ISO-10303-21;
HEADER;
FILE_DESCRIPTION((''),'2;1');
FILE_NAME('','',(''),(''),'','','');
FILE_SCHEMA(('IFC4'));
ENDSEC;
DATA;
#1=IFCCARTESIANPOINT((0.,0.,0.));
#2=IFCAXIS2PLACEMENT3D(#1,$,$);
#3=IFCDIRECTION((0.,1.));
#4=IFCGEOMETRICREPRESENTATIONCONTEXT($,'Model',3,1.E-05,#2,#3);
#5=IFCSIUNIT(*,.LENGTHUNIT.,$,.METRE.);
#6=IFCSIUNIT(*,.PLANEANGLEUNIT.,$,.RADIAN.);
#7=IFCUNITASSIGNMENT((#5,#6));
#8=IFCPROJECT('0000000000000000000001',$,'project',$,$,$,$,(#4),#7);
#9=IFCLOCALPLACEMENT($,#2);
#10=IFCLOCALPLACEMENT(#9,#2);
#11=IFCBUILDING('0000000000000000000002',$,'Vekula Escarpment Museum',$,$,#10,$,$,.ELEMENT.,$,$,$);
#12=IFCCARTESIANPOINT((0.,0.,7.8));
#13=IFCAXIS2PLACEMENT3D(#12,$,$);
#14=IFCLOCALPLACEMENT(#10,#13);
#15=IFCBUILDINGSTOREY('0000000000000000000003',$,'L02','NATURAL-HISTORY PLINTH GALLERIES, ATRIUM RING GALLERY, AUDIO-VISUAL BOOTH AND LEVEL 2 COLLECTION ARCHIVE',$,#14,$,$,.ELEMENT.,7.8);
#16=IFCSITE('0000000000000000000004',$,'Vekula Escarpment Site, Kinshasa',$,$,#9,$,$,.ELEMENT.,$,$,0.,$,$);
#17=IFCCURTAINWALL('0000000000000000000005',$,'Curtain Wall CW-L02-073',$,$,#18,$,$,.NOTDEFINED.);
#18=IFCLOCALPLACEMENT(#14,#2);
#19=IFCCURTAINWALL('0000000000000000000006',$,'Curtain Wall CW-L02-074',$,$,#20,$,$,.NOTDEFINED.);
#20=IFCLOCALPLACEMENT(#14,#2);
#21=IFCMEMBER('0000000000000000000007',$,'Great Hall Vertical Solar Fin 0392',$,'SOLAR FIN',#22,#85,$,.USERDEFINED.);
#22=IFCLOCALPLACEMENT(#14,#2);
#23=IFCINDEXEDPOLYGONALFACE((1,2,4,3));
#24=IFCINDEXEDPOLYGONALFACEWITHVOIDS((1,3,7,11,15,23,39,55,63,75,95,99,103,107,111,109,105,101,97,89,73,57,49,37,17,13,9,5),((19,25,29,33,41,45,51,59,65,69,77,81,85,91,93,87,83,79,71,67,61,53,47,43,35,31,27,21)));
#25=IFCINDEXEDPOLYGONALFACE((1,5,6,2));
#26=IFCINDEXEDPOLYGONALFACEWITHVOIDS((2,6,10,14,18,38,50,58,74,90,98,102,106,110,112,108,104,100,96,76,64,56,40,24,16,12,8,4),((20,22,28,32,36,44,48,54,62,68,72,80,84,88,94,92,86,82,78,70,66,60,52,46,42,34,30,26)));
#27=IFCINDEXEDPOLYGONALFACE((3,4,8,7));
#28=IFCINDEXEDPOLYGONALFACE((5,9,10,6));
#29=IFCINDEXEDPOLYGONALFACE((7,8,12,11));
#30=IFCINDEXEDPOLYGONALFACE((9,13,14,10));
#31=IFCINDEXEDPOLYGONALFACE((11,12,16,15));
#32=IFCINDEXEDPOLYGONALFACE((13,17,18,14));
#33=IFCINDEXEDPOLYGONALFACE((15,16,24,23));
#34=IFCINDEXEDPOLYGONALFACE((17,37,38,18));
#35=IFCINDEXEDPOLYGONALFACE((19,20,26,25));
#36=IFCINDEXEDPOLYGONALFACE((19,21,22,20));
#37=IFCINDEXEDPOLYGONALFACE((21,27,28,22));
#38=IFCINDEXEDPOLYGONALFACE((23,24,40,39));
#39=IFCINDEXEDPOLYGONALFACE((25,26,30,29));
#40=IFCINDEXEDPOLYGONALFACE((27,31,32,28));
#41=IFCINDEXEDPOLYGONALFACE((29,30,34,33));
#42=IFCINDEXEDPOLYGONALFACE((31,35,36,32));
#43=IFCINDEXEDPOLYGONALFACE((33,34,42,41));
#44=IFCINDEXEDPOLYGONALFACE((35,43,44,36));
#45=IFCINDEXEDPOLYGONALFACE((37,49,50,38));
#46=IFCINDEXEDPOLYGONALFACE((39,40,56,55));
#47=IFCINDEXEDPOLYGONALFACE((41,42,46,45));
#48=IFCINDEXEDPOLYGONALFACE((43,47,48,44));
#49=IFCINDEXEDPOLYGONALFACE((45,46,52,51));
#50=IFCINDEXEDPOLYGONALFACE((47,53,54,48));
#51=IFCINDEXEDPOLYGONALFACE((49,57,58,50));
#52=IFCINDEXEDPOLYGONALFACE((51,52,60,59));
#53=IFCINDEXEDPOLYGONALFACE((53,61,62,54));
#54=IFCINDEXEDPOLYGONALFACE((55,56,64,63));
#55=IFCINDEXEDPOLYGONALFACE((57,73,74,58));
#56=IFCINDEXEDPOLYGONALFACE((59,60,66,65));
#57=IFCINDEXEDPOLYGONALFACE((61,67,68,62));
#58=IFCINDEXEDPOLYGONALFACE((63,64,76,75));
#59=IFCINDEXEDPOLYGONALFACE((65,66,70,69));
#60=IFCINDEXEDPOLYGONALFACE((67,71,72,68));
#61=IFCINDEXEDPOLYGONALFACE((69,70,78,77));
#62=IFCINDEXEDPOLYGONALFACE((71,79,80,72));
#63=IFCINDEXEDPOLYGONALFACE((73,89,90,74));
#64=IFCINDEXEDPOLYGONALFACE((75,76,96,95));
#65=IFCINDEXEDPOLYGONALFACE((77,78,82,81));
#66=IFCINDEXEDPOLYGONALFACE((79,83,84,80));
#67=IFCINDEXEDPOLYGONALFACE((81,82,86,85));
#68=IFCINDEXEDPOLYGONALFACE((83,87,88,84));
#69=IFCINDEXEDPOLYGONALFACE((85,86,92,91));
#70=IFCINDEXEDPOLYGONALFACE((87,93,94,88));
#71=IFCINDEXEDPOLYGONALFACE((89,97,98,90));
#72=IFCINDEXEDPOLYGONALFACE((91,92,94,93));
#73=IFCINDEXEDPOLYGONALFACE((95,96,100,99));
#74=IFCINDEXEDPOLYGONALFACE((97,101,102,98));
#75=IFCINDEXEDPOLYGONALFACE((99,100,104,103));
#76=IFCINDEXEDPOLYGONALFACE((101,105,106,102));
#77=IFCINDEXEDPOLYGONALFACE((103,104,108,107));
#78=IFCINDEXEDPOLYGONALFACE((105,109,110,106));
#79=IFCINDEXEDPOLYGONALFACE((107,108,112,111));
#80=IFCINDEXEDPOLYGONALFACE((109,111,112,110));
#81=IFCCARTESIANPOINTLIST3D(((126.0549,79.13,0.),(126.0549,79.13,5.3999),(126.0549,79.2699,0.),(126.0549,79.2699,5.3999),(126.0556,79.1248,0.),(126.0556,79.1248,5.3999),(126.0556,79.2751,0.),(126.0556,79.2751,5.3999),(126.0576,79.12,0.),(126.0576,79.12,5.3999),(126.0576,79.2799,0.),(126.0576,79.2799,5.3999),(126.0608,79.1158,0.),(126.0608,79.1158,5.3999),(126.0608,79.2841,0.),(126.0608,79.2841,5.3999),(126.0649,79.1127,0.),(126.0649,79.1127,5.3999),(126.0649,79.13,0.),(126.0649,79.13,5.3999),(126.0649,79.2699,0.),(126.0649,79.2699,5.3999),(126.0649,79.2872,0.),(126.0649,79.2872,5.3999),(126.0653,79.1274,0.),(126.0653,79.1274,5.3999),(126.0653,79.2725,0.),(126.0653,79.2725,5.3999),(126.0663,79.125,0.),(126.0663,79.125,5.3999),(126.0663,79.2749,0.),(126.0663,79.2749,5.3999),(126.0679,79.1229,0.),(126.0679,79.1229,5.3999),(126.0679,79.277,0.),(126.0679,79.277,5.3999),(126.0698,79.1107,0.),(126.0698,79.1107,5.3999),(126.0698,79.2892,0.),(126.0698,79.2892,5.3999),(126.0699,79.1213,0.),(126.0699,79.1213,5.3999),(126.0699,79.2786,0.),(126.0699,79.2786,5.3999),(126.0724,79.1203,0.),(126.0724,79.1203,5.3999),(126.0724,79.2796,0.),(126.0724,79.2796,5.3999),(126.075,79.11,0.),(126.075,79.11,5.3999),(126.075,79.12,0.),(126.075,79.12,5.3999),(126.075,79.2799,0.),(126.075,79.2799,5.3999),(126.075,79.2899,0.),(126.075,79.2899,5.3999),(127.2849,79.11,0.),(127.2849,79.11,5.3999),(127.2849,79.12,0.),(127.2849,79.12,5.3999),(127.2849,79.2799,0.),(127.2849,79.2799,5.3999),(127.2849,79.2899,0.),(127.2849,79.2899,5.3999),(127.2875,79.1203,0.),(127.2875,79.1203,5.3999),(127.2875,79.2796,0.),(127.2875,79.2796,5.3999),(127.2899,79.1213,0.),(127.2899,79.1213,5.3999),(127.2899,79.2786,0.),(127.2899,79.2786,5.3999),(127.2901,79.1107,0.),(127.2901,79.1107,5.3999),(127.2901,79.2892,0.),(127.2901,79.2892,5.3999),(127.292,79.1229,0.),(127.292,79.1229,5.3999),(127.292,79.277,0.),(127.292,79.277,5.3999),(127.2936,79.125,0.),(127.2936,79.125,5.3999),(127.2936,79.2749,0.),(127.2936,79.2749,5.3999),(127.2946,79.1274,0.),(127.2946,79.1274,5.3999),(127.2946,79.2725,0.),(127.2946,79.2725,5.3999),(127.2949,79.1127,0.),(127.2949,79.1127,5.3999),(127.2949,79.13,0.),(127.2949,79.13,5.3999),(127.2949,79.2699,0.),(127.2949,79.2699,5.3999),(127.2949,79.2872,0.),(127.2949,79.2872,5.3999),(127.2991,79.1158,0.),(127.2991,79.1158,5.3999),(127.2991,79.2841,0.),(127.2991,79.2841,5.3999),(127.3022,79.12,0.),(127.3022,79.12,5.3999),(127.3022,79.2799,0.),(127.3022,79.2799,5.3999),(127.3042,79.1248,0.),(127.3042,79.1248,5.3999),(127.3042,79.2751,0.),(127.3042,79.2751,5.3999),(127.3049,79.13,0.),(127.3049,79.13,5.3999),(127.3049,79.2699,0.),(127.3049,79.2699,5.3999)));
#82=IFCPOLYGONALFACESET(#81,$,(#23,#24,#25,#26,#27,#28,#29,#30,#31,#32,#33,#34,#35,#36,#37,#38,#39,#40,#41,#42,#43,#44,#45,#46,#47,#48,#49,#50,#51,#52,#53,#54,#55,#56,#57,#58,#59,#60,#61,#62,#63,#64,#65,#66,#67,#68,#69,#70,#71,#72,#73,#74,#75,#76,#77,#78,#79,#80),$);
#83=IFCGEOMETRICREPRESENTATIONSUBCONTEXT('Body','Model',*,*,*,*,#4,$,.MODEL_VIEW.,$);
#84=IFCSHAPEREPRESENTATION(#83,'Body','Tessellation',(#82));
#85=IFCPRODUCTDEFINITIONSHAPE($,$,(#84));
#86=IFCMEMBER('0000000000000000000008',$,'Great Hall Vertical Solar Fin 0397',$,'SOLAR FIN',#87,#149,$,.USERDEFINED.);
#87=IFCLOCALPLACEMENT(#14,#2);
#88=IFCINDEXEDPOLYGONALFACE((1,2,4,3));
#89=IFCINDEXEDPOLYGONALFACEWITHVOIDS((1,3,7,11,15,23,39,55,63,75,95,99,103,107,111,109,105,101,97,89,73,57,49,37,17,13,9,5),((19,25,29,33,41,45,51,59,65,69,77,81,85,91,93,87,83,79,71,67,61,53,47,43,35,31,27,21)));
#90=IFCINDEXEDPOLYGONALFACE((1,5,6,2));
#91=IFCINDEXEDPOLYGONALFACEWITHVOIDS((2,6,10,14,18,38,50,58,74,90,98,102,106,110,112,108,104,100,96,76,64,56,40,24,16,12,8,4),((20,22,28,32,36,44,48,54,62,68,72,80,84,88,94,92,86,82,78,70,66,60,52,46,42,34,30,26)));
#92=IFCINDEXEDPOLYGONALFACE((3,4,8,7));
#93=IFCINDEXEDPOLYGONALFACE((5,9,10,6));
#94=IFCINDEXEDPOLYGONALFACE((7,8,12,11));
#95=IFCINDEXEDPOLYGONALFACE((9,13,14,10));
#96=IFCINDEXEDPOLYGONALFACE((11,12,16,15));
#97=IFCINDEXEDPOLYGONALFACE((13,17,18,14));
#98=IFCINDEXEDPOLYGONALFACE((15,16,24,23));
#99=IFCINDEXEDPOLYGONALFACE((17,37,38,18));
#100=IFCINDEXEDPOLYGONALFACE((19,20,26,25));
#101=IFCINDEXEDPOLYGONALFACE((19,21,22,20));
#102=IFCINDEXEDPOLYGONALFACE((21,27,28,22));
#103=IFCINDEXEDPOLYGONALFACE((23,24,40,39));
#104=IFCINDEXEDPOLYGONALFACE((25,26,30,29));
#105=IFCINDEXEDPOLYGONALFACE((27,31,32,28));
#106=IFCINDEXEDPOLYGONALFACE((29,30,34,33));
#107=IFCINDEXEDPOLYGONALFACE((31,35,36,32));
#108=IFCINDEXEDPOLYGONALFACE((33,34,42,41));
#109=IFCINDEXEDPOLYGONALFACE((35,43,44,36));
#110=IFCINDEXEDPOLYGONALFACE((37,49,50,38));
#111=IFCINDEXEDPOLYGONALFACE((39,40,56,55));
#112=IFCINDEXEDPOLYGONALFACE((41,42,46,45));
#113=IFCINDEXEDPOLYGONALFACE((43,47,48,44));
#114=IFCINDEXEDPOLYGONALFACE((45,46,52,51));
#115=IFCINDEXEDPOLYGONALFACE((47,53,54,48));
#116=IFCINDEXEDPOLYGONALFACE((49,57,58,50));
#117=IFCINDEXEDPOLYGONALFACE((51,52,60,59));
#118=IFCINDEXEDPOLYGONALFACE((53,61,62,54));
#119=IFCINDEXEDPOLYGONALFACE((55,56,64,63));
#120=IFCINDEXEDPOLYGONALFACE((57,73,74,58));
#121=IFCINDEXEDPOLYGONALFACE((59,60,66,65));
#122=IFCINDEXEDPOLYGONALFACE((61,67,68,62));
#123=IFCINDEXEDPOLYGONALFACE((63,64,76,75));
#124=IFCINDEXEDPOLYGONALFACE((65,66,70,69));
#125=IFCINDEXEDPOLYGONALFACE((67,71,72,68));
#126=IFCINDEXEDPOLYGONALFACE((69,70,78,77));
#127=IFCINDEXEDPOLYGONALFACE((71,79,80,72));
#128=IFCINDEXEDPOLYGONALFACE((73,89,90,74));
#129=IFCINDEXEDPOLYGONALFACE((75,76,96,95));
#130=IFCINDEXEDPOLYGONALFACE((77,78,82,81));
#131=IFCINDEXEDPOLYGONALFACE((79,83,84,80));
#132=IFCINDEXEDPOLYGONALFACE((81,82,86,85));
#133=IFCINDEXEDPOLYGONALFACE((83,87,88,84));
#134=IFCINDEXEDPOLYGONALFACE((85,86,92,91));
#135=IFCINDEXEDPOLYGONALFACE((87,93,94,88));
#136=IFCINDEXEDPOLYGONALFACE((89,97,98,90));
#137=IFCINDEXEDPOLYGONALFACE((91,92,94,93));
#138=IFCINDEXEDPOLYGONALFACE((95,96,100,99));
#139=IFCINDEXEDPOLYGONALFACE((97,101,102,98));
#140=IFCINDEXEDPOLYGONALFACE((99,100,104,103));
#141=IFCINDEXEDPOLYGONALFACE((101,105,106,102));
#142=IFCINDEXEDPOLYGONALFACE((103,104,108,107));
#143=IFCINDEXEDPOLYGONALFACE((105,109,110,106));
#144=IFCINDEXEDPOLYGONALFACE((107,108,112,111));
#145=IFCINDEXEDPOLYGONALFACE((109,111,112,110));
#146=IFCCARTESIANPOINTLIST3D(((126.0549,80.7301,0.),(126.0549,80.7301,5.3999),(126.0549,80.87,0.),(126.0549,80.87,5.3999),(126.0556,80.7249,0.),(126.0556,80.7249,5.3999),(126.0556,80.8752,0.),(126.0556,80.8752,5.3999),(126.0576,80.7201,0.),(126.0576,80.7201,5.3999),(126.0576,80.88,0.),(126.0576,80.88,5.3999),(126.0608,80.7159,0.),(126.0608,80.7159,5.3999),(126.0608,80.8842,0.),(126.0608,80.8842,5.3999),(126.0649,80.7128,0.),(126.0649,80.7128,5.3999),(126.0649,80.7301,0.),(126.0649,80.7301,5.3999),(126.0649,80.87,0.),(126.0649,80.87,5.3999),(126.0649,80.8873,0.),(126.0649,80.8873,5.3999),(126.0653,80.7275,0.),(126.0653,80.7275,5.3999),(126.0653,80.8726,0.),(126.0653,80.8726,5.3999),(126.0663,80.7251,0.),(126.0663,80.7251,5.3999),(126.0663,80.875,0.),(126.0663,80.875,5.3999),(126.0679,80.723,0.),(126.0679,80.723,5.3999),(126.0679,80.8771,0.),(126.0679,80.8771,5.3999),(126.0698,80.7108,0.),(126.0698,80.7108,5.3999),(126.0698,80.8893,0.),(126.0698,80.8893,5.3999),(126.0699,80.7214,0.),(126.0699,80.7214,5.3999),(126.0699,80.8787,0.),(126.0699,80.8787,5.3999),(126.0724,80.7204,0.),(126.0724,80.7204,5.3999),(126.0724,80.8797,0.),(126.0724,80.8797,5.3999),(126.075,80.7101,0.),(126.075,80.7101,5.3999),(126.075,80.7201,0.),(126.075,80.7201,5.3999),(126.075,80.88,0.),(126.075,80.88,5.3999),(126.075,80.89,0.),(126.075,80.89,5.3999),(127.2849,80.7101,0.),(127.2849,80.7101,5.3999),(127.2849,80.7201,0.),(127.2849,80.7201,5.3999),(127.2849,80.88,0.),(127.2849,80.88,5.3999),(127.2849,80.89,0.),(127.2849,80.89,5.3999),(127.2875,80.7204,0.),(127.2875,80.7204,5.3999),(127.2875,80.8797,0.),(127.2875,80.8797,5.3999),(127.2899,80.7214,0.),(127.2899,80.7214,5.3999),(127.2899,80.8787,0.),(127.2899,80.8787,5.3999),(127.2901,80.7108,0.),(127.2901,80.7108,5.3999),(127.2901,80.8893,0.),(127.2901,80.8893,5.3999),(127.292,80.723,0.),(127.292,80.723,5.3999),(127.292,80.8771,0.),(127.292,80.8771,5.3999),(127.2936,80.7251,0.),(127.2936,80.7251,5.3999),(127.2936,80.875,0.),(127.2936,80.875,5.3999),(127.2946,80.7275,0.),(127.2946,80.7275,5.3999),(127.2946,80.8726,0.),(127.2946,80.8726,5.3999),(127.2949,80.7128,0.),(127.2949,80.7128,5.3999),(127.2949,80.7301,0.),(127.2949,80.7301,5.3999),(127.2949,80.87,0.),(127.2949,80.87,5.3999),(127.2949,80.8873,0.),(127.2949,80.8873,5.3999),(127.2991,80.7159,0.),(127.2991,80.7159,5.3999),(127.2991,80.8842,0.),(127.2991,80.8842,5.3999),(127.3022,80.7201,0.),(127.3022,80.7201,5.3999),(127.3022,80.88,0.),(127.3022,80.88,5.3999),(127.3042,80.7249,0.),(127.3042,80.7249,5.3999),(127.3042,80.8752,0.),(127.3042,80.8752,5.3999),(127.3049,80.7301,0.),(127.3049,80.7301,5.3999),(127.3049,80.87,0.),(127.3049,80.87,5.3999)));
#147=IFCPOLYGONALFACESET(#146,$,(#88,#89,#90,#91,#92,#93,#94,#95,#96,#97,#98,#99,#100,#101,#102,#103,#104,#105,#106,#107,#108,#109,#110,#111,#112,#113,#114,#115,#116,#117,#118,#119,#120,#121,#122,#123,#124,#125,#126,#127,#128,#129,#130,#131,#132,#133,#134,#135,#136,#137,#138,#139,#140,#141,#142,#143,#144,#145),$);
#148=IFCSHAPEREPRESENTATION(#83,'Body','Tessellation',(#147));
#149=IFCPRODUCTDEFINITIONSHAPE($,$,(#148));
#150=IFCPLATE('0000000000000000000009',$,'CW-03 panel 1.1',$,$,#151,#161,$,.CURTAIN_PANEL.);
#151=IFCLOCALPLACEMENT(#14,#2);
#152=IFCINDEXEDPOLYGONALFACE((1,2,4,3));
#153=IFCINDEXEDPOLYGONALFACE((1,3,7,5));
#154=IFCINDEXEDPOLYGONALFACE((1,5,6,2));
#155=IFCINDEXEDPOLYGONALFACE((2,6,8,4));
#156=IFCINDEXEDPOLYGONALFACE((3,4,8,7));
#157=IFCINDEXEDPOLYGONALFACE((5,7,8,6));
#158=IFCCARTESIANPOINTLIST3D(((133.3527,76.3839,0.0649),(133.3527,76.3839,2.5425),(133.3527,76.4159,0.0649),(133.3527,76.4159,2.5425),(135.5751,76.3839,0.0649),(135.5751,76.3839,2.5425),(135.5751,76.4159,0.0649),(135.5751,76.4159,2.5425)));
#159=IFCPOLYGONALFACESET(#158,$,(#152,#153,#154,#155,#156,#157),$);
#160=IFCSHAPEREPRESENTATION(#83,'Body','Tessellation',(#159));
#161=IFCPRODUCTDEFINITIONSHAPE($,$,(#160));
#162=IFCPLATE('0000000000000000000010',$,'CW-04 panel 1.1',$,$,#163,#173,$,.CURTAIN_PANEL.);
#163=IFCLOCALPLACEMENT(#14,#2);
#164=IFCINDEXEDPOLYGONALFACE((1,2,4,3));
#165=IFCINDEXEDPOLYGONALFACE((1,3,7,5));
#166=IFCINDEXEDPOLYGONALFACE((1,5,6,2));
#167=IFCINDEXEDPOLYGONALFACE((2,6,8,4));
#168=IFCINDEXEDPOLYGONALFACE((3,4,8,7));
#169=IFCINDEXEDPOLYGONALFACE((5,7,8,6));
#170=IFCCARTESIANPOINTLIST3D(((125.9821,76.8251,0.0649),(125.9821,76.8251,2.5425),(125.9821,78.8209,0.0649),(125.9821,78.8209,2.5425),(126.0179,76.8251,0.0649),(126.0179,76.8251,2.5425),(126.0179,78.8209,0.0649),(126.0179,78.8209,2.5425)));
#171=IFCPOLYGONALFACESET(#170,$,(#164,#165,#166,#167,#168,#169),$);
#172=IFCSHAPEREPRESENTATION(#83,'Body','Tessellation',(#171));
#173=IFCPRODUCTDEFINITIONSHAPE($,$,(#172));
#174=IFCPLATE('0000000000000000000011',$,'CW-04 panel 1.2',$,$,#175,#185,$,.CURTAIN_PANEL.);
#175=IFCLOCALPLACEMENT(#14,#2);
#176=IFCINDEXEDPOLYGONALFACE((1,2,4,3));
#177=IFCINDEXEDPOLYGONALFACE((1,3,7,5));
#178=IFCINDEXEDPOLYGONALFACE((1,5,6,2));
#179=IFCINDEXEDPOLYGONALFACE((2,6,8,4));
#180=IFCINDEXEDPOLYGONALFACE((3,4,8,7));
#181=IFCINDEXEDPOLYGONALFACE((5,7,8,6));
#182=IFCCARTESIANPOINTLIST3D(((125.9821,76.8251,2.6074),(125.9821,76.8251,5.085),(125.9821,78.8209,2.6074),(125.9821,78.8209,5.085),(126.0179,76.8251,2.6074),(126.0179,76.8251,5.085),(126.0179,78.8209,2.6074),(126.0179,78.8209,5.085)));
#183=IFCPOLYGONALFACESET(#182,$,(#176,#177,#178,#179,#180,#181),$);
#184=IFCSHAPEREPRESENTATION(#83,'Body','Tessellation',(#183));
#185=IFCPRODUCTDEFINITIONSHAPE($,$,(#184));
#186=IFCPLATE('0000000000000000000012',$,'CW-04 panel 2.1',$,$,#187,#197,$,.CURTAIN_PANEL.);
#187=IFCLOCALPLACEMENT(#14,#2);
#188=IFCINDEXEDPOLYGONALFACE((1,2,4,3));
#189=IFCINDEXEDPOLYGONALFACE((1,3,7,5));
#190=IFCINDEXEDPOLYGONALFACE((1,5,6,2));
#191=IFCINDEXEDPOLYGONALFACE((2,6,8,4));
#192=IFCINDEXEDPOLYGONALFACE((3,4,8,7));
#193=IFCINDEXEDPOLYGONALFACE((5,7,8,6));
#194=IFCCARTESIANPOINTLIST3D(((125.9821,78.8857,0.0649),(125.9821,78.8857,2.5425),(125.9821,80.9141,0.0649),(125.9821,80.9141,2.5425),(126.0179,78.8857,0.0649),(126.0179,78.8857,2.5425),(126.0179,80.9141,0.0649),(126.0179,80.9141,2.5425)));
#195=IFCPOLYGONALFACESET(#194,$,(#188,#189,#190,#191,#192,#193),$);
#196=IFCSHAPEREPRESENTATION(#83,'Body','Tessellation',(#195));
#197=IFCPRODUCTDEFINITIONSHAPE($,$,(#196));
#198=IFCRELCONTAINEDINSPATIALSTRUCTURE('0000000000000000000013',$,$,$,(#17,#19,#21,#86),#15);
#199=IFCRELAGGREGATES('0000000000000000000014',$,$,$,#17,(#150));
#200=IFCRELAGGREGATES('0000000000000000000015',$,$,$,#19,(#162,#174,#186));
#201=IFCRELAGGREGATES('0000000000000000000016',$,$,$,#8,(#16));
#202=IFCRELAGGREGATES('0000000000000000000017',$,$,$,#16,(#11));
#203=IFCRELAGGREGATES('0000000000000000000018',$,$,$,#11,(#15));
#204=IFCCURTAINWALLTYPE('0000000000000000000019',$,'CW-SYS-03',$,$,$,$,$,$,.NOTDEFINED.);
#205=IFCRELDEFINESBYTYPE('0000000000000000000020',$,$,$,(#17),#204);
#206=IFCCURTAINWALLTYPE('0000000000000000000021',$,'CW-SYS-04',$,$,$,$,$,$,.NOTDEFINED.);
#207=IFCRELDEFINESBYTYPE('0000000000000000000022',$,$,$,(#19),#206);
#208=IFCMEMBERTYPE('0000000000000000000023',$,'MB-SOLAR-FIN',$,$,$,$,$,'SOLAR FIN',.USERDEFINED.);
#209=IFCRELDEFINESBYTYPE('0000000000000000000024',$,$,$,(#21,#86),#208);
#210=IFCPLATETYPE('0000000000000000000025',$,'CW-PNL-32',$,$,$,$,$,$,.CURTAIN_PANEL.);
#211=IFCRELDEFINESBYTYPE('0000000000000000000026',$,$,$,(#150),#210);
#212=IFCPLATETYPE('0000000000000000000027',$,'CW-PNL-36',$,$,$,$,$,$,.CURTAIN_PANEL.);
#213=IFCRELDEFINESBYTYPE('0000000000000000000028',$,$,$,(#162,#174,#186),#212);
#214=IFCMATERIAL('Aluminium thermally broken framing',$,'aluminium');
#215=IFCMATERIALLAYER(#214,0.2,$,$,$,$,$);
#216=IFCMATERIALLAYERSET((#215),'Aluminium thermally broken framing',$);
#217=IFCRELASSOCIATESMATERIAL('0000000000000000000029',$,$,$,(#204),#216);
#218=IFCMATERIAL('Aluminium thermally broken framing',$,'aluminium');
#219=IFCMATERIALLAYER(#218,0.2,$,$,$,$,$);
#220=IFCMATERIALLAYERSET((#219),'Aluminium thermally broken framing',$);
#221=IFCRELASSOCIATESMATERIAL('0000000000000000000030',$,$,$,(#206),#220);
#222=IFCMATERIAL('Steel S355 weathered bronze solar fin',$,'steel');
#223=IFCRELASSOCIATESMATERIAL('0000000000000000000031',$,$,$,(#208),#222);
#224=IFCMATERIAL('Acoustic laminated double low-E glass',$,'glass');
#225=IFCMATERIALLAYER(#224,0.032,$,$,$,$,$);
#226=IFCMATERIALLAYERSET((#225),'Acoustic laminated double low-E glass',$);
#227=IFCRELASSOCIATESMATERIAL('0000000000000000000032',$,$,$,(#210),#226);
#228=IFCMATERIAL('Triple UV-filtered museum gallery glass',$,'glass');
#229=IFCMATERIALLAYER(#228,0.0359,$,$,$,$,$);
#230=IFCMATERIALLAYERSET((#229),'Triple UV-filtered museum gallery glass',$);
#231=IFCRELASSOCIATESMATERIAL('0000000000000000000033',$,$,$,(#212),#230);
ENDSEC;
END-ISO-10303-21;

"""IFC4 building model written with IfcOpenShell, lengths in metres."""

from ifc_helpers import new_model, si_unit, direction, frame, origin, origin_2d, place, context, subcontext, project, spatial, rectangle, hollow_rectangle, extrude, material, layer, layer_set, material_profile, profile_set, type_object, element, aggregate, save


model = new_model("IFC4")

# Units and contexts
model_context = context("Model", 3, precision=1e-05, world=origin(), true_north=direction((0.0, 1.0)))
body_context = subcontext(model_context, "Body", "Model", "MODEL_VIEW")
ifc_project = project(units=[si_unit("LENGTHUNIT", "METRE"), si_unit("PLANEANGLEUNIT", "RADIAN")], contexts=[model_context])

# Site, building, storey
site_placement = place(None, origin())
site = spatial("IfcSite", under=ifc_project, at=site_placement, Name="Vekula Escarpment Site, Kinshasa", CompositionType="ELEMENT", RefElevation=0.0)
building_placement = place(site_placement, origin())
building = spatial("IfcBuilding", under=site, at=building_placement, Name="Vekula Escarpment Museum", CompositionType="ELEMENT")
storey_placement = place(building_placement, frame((0.0, 0.0, 7.8)))
storey = spatial("IfcBuildingStorey", under=building, at=storey_placement, Name="L02", Description="NATURAL-HISTORY PLINTH GALLERIES, ATRIUM RING GALLERY, AUDIO-VISUAL BOOTH AND LEVEL 2 COLLECTION ARCHIVE", CompositionType="ELEMENT", Elevation=7.8)

# Curtain wall
ifc_material_1 = material(Name="Aluminium thermally broken framing", Category="aluminium")
ifc_layer_1 = layer(ifc_material_1, 0.2)
ifc_layer_set_1 = layer_set([ifc_layer_1], Name="Aluminium thermally broken framing")
curtain_wall_type_1 = type_object("IfcCurtainWallType", Name="CW-SYS-03", PredefinedType="NOTDEFINED", material=ifc_layer_set_1)
curtain_wall_1_placement = place(storey_placement, origin())
curtain_wall_1 = element("IfcCurtainWall", 1, at=curtain_wall_1_placement, inside=storey, type_object=curtain_wall_type_1, Name="Curtain Wall CW-L02-073", PredefinedType="NOTDEFINED")

# Curtain wall
ifc_material_2 = material(Name="Aluminium thermally broken framing", Category="aluminium")
ifc_layer_2 = layer(ifc_material_2, 0.2)
ifc_layer_set_2 = layer_set([ifc_layer_2], Name="Aluminium thermally broken framing")
curtain_wall_type_2 = type_object("IfcCurtainWallType", Name="CW-SYS-04", PredefinedType="NOTDEFINED", material=ifc_layer_set_2)
curtain_wall_2_placement = place(storey_placement, origin())
curtain_wall_2 = element("IfcCurtainWall", 2, at=curtain_wall_2_placement, inside=storey, type_object=curtain_wall_type_2, Name="Curtain Wall CW-L02-074", PredefinedType="NOTDEFINED")

# Members
ifc_material_3 = material(Name="Steel S355 weathered bronze solar fin", Category="steel")
ifc_material_profile_1 = material_profile(ifc_material_3, hollow_rectangle(XDim=0.1799, YDim=1.25, WallThickness=0.01, InnerFilletRadius=0.01, OuterFilletRadius=0.02, at=origin_2d()), Name="RHS 1250x180x10")
ifc_profile_set_1 = profile_set([ifc_material_profile_1], Name="Steel S355 weathered bronze solar fin")
member_type_1 = type_object("IfcMemberType", Name="MB-SOLAR-FIN", ElementType="SOLAR FIN", PredefinedType="USERDEFINED", material=ifc_profile_set_1)
for number, where, z_axis, x_axis, name in (
    (3, (126.6799, 79.2, 0.0), (0.0, 0.0, 1.0), (0.0, 1.0, 0.0), "Great Hall Vertical Solar Fin 0392"),
    (4, (126.6799, 80.8, 0.0), (0.0, 0.0, 1.0), (0.0, 1.0, 0.0), "Great Hall Vertical Solar Fin 0397"),
):
    element("IfcMember", number, at=place(storey_placement, frame(where, z_axis=z_axis, x_axis=x_axis)), inside=storey, type_object=member_type_1, Name=name, ObjectType="SOLAR FIN", PredefinedType="USERDEFINED", context=body_context, shape_type="SweptSolid", body=[
        extrude(hollow_rectangle(XDim=0.1799, YDim=1.25, WallThickness=0.01, InnerFilletRadius=0.01, OuterFilletRadius=0.02, at=origin_2d()), origin(), (0.0, 0.0, 1.0), 5.3999),
    ])

# Plates
ifc_material_4 = material(Name="Acoustic laminated double low-E glass", Category="glass")
ifc_layer_3 = layer(ifc_material_4, 0.032)
ifc_layer_set_3 = layer_set([ifc_layer_3], Name="Acoustic laminated double low-E glass")
plate_type_1 = type_object("IfcPlateType", Name="CW-PNL-32", PredefinedType="CURTAIN_PANEL", material=ifc_layer_set_3)
plate_1_placement = place(storey_placement, frame((134.4639, 76.3999, 0.0649), z_axis=(0.0, 0.0, 1.0), x_axis=(-1.0, 0.0, 0.0)))
plate_1 = element("IfcPlate", 5, at=plate_1_placement, type_object=plate_type_1, Name="CW-03 panel 1.1", PredefinedType="CURTAIN_PANEL", context=body_context, shape_type="SweptSolid", body=[
    extrude(rectangle(XDim=2.2224, YDim=0.032, at=origin_2d()), origin(), (0.0, 0.0, 1.0), 2.4775),
])
aggregate(curtain_wall_1, [plate_1])
ifc_material_5 = material(Name="Triple UV-filtered museum gallery glass", Category="glass")
ifc_layer_4 = layer(ifc_material_5, 0.0359)
ifc_layer_set_4 = layer_set([ifc_layer_4], Name="Triple UV-filtered museum gallery glass")
plate_type_2 = type_object("IfcPlateType", Name="CW-PNL-36", PredefinedType="CURTAIN_PANEL", material=ifc_layer_set_4)
plate_2_placement = place(storey_placement, frame((126.0, 77.823, 0.0649), z_axis=(0.0, 0.0, 1.0), x_axis=(0.0, 1.0, 0.0)))
plate_2 = element("IfcPlate", 6, at=plate_2_placement, type_object=plate_type_2, Name="CW-04 panel 1.1", PredefinedType="CURTAIN_PANEL", context=body_context, shape_type="SweptSolid", body=[
    extrude(rectangle(XDim=1.9958, YDim=0.0359, at=origin_2d()), origin(), (0.0, 0.0, 1.0), 2.4775),
])
plate_3_placement = place(storey_placement, frame((126.0, 77.823, 2.6074), z_axis=(0.0, 0.0, 1.0), x_axis=(0.0, 1.0, 0.0)))
plate_3 = element("IfcPlate", 7, at=plate_3_placement, type_object=plate_type_2, Name="CW-04 panel 1.2", PredefinedType="CURTAIN_PANEL", context=body_context, shape_type="SweptSolid", body=[
    extrude(rectangle(XDim=1.9958, YDim=0.0359, at=origin_2d()), origin(), (0.0, 0.0, 1.0), 2.4775),
])
plate_4_placement = place(storey_placement, frame((126.0, 79.8999, 0.0649), z_axis=(0.0, 0.0, 1.0), x_axis=(0.0, 1.0, 0.0)))
plate_4 = element("IfcPlate", 8, at=plate_4_placement, type_object=plate_type_2, Name="CW-04 panel 2.1", PredefinedType="CURTAIN_PANEL", context=body_context, shape_type="SweptSolid", body=[
    extrude(rectangle(XDim=2.0283, YDim=0.0359, at=origin_2d()), origin(), (0.0, 0.0, 1.0), 2.4775),
])
aggregate(curtain_wall_2, [plate_2, plate_3, plate_4])

save(model, "model.ifc")
